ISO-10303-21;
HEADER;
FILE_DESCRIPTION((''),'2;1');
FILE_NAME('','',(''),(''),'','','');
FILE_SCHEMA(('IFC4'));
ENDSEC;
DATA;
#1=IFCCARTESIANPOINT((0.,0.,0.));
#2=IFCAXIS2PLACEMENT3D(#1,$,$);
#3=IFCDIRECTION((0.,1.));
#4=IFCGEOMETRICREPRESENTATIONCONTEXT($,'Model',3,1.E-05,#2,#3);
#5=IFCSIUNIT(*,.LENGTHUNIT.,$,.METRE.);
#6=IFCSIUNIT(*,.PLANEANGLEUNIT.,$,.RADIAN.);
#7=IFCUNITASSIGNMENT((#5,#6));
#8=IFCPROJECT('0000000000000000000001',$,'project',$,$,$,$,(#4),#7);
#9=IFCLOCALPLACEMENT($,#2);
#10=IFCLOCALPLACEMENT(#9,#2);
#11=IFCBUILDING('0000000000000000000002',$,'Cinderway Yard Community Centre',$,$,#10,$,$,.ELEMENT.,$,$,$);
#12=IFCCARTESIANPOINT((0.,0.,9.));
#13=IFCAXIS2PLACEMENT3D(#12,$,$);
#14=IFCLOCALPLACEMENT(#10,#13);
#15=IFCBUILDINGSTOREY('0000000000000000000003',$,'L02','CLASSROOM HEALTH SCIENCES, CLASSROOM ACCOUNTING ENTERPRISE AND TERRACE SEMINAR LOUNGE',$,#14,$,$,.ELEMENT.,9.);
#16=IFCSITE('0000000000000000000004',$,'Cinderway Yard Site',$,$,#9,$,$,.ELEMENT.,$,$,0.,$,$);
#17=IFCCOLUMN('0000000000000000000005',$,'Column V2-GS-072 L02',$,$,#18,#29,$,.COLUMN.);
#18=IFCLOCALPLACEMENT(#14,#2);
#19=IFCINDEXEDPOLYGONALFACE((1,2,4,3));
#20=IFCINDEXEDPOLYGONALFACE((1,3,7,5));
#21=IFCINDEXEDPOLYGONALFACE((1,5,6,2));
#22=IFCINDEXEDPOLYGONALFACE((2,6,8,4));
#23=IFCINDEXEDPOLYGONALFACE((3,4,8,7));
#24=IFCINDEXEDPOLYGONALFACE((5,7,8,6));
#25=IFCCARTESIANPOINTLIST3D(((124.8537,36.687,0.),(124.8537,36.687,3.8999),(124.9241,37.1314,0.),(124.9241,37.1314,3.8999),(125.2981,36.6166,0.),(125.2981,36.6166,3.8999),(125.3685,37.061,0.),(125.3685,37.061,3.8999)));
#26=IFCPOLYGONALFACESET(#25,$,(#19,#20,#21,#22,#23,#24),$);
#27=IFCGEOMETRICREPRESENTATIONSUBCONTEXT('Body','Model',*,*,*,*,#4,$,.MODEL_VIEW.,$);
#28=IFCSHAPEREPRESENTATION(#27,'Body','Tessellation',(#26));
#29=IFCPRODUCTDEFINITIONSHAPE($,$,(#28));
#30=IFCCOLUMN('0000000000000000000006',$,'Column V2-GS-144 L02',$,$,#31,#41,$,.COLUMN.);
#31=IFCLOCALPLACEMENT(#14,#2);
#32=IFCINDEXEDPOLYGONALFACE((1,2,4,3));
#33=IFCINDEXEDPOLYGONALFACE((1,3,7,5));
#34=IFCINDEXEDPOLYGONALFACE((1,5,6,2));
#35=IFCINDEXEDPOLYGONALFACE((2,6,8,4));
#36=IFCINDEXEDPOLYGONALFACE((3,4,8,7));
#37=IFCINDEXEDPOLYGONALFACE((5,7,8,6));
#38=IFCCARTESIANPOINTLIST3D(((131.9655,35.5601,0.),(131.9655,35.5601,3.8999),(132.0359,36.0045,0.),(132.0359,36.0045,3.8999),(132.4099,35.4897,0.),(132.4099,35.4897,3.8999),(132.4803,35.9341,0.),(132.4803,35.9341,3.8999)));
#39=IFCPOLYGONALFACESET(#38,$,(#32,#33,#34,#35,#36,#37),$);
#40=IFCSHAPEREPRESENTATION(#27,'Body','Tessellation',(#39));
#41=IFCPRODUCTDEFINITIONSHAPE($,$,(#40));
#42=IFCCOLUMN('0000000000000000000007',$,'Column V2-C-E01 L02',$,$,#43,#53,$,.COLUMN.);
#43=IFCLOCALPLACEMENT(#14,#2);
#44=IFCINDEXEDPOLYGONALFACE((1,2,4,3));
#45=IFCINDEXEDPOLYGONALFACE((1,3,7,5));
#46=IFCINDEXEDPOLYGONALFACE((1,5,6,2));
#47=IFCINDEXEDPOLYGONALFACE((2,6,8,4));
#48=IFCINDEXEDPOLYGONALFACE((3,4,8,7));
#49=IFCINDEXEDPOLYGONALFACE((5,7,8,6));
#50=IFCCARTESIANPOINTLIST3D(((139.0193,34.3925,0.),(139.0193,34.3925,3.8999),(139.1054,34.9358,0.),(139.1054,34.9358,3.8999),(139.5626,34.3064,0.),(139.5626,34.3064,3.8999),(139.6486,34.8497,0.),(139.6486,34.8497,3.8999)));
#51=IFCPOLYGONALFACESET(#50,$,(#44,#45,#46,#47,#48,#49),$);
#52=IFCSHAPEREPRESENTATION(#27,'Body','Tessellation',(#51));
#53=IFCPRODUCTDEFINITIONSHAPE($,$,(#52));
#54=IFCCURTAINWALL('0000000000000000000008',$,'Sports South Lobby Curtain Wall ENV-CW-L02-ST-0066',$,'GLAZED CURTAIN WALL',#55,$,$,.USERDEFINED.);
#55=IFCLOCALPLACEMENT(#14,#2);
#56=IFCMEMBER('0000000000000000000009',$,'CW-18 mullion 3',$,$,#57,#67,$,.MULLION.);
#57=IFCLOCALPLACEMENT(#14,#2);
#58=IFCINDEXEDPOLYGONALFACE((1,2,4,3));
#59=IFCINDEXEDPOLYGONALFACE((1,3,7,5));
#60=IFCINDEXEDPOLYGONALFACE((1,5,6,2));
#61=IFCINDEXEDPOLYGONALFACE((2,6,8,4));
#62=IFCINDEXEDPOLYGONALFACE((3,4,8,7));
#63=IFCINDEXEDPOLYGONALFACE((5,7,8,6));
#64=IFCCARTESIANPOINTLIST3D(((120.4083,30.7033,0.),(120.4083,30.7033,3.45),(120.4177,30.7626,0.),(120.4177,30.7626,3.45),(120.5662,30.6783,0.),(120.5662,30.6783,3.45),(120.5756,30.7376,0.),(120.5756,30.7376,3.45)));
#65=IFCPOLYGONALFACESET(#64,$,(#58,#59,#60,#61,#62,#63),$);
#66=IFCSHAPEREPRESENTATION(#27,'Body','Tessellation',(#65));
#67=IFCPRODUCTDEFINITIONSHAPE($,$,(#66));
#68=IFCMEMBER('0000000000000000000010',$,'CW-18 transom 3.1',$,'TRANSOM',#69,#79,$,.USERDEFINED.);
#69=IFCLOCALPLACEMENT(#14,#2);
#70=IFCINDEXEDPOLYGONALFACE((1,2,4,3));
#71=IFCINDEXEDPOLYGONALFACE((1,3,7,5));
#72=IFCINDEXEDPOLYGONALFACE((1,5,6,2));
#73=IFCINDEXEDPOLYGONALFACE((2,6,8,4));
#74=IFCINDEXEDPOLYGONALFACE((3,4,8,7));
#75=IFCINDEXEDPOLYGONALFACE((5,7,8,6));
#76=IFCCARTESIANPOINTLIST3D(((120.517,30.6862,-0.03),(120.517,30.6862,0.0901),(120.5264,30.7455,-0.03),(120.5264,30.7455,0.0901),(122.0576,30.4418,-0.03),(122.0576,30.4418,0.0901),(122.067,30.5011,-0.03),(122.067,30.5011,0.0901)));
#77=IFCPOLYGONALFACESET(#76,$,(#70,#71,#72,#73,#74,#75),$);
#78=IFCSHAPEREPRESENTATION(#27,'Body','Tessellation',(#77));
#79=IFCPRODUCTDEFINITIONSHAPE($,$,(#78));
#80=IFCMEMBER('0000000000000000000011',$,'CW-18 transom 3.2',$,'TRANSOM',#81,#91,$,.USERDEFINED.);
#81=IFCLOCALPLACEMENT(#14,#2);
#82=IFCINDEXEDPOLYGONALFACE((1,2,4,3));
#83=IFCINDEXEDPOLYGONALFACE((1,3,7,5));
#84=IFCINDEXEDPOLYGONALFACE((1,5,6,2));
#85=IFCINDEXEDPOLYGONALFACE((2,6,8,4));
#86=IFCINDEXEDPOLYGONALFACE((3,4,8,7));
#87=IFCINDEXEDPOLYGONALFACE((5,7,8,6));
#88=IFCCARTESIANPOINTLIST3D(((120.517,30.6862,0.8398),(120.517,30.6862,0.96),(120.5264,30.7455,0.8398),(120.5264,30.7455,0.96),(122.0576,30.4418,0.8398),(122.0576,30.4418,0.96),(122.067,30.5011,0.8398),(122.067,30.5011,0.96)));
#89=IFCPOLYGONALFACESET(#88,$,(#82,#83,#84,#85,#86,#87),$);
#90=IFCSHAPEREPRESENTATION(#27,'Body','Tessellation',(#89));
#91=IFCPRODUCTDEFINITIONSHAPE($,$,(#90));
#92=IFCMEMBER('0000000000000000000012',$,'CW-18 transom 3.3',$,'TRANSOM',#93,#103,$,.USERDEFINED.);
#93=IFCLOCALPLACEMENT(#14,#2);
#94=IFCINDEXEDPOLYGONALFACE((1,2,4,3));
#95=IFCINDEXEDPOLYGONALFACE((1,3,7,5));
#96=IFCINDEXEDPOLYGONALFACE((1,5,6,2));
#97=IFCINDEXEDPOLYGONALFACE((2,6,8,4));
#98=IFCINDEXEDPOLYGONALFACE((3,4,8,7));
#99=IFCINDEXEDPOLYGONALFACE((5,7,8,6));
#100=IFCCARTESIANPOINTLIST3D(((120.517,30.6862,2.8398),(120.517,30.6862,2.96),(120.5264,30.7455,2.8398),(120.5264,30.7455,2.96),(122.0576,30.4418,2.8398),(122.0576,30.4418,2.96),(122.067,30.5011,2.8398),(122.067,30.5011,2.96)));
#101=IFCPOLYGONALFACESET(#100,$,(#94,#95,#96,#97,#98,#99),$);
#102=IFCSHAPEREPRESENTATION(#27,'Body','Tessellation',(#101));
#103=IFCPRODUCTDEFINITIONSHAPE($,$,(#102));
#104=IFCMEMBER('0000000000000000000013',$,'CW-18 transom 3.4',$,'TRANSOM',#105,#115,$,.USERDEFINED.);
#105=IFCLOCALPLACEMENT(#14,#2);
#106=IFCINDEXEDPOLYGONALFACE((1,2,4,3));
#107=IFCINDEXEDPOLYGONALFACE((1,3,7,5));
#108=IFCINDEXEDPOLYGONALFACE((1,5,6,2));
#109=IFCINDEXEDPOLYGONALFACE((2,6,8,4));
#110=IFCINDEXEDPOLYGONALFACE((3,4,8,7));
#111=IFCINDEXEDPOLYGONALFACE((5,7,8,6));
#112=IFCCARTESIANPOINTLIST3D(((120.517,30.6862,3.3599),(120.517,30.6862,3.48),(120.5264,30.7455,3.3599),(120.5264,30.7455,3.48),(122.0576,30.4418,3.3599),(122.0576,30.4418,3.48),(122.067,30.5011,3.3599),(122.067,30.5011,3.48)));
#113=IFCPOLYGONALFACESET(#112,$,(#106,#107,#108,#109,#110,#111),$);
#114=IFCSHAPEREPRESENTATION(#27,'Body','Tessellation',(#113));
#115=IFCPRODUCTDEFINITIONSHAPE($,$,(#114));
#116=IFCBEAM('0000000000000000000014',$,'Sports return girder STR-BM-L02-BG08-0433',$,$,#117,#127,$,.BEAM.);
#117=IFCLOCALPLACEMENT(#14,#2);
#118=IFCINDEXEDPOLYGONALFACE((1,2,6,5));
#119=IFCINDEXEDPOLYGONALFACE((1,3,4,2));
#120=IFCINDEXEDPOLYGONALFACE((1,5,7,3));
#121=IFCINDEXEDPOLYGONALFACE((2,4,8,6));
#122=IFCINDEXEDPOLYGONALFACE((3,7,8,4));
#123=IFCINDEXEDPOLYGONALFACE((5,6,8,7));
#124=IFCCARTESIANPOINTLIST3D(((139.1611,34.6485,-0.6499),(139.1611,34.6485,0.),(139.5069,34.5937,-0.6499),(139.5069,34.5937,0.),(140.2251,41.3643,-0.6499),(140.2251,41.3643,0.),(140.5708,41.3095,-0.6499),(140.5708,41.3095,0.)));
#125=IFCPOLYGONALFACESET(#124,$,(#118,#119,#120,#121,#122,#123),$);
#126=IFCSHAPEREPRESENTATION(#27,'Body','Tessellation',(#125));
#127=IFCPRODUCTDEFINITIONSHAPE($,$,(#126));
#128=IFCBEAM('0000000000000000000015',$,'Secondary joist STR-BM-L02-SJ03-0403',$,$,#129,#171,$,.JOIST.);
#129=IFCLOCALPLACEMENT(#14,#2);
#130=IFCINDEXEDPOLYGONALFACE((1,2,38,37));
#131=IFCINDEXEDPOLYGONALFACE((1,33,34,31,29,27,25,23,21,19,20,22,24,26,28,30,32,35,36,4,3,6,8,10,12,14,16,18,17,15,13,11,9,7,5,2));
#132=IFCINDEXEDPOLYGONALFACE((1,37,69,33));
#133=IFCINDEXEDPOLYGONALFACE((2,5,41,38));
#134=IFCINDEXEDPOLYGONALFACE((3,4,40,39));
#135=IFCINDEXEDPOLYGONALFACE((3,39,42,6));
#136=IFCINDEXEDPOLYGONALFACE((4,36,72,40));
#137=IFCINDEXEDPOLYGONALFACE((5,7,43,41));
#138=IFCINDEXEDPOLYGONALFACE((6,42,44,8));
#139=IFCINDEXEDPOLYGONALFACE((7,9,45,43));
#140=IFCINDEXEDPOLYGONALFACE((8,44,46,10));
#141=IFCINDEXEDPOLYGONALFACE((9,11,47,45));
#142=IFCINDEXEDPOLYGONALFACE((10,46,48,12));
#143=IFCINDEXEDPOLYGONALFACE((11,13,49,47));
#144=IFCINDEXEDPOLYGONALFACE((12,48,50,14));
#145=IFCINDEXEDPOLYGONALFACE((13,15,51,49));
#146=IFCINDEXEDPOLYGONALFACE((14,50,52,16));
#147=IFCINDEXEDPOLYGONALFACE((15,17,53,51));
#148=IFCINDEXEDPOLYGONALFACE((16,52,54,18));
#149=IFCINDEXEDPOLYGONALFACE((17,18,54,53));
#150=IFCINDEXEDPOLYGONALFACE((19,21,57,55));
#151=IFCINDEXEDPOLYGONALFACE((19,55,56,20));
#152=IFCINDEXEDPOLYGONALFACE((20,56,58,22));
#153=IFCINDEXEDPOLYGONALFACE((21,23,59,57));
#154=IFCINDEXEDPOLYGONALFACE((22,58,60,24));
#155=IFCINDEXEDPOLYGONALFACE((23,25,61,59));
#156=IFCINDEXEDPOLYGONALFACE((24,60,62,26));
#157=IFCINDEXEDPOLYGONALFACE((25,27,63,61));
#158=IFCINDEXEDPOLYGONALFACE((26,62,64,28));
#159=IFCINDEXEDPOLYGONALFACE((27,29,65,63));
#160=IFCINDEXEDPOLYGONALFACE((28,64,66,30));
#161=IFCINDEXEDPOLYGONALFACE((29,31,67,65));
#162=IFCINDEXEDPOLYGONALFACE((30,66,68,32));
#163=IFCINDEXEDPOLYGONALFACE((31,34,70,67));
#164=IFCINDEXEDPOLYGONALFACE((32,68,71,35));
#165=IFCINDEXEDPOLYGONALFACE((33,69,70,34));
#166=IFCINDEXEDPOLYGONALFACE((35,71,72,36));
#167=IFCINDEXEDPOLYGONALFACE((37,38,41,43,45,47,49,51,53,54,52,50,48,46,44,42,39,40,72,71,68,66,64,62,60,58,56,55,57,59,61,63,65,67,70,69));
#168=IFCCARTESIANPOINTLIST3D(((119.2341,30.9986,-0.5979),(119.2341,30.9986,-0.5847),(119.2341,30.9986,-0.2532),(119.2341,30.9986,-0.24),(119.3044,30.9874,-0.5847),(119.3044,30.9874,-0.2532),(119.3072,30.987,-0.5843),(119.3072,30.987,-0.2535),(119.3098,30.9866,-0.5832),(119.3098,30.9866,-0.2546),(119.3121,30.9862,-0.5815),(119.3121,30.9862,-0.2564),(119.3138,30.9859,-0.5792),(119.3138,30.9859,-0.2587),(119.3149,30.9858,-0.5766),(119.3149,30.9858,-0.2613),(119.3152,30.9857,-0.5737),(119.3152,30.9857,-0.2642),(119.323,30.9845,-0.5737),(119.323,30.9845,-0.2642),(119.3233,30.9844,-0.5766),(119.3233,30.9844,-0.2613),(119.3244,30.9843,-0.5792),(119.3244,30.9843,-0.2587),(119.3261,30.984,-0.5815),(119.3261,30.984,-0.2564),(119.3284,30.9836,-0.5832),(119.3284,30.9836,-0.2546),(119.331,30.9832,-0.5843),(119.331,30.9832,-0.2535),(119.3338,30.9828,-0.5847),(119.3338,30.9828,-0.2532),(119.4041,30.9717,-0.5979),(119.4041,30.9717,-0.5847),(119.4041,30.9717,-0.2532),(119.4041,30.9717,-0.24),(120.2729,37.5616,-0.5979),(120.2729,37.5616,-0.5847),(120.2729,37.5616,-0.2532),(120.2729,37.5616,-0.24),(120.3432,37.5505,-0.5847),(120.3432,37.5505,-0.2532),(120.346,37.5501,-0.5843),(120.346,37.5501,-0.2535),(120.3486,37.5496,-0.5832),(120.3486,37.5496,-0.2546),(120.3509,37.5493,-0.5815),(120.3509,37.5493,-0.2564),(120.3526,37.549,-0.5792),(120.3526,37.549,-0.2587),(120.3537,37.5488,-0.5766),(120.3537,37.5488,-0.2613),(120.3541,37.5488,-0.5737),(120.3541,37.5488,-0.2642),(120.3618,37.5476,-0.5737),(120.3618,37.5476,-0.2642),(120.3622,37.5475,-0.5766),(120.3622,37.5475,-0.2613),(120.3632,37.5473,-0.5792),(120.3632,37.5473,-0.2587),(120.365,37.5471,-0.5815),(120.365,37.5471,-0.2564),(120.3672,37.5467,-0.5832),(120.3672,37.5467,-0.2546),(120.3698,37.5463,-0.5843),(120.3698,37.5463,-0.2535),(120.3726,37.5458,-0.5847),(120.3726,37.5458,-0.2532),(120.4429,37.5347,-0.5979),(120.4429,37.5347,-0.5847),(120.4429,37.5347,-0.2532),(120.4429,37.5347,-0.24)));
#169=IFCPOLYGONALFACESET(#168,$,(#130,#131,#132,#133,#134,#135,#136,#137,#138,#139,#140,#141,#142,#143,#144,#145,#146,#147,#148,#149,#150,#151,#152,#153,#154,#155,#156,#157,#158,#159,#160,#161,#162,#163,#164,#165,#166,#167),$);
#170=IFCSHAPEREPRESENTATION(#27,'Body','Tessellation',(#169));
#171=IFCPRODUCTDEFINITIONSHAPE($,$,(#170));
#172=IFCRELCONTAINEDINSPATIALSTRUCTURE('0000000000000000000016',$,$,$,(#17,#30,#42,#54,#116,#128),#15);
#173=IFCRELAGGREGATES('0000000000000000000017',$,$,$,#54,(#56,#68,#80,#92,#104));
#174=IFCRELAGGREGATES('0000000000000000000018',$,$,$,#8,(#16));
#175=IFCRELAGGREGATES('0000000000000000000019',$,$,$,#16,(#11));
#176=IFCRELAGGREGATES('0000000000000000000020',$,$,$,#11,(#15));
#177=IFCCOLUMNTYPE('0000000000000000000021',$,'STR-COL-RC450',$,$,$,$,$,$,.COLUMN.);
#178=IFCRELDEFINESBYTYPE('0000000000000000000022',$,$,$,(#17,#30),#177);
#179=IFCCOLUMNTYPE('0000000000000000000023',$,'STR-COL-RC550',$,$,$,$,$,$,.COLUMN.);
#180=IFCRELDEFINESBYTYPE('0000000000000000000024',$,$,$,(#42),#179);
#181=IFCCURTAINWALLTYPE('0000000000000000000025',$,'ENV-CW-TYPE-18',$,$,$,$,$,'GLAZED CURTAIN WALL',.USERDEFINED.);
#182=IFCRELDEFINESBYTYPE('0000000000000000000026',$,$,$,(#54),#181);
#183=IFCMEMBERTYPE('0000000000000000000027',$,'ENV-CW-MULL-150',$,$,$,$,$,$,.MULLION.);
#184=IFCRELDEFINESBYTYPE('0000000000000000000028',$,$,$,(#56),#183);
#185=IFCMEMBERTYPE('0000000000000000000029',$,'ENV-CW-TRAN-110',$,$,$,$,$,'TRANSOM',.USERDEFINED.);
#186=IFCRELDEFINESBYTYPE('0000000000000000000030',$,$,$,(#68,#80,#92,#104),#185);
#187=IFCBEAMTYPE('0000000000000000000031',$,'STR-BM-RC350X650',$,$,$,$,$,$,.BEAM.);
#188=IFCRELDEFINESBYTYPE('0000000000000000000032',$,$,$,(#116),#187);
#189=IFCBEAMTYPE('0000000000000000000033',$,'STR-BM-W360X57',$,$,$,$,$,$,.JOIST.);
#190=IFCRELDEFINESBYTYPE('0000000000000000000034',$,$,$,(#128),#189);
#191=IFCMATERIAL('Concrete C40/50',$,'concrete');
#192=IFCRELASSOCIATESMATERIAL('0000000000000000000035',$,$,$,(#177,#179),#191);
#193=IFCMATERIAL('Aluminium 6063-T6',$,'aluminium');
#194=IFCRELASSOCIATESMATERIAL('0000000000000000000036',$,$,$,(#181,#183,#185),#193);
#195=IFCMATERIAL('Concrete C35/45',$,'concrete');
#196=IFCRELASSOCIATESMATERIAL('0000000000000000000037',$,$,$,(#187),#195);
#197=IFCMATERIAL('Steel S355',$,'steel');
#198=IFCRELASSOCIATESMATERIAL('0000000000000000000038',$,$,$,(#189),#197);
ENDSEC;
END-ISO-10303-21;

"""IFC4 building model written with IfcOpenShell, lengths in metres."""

from ifc_helpers import new_model, si_unit, direction, frame, origin, origin_2d, place, context, subcontext, project, spatial, rectangle, i_section, extrude, material, material_profile, profile_set, type_object, element, aggregate, save


model = new_model("IFC4")

# Units and contexts
model_context = context("Model", 3, precision=1e-05, world=origin(), true_north=direction((0.0, 1.0)))
body_context = subcontext(model_context, "Body", "Model", "MODEL_VIEW")
ifc_project = project(units=[si_unit("LENGTHUNIT", "METRE"), si_unit("PLANEANGLEUNIT", "RADIAN")], contexts=[model_context])

# Site, building, storey
site_placement = place(None, origin())
site = spatial("IfcSite", under=ifc_project, at=site_placement, Name="Cinderway Yard Site", CompositionType="ELEMENT", RefElevation=0.0)
building_placement = place(site_placement, origin())
building = spatial("IfcBuilding", under=site, at=building_placement, Name="Cinderway Yard Community Centre", CompositionType="ELEMENT")
storey_placement = place(building_placement, frame((0.0, 0.0, 9.0)))
storey = spatial("IfcBuildingStorey", under=building, at=storey_placement, Name="L02", Description="CLASSROOM HEALTH SCIENCES, CLASSROOM ACCOUNTING ENTERPRISE AND TERRACE SEMINAR LOUNGE", CompositionType="ELEMENT", Elevation=9.0)

# Columns
ifc_material_1 = material(Name="Concrete C40/50", Category="concrete")
ifc_material_profile_1 = material_profile(ifc_material_1, rectangle(XDim=0.45, YDim=0.45, at=origin_2d()), Name="Concrete C40/50")
ifc_profile_set_1 = profile_set([ifc_material_profile_1], Name="Concrete C40/50")
column_type_1 = type_object("IfcColumnType", Name="STR-COL-RC450", PredefinedType="COLUMN", material=ifc_profile_set_1)
for number, where, z_axis, x_axis, name in (
    (1, (125.1111, 36.874, 0.0), (0.0, 0.0, 1.0), (0.987688, -0.156434, 0.0), "Column V2-GS-072 L02"),
    (2, (132.2229, 35.7471, 0.0), (0.0, 0.0, 1.0), (0.987688, -0.156434, 0.0), "Column V2-GS-144 L02"),
):
    element("IfcColumn", number, at=place(storey_placement, frame(where, z_axis=z_axis, x_axis=x_axis)), inside=storey, type_object=column_type_1, Name=name, PredefinedType="COLUMN", context=body_context, shape_type="SweptSolid", body=[
        extrude(rectangle(XDim=0.45, YDim=0.45, at=origin_2d()), origin(), (0.0, 0.0, 1.0), 3.8999),
    ])
ifc_material_profile_2 = material_profile(ifc_material_1, rectangle(XDim=0.55, YDim=0.55, at=origin_2d()), Name="Concrete C40/50")
ifc_profile_set_2 = profile_set([ifc_material_profile_2], Name="Concrete C40/50")
column_type_2 = type_object("IfcColumnType", Name="STR-COL-RC550", PredefinedType="COLUMN", material=ifc_profile_set_2)
column_placement = place(storey_placement, frame((139.334, 34.6211, 0.0), z_axis=(0.0, 0.0, 1.0), x_axis=(0.987688, -0.156434, 0.0)))
element("IfcColumn", 3, at=column_placement, inside=storey, type_object=column_type_2, Name="Column V2-C-E01 L02", PredefinedType="COLUMN", context=body_context, shape_type="SweptSolid", body=[
    extrude(rectangle(XDim=0.55, YDim=0.55, at=origin_2d()), origin(), (0.0, 0.0, 1.0), 3.8999),
])

# Curtain wall, members
ifc_material_2 = material(Name="Aluminium 6063-T6", Category="aluminium")
curtain_wall_type = type_object("IfcCurtainWallType", Name="ENV-CW-TYPE-18", ElementType="GLAZED CURTAIN WALL", PredefinedType="USERDEFINED", material=ifc_material_2)
curtain_wall_placement = place(storey_placement, origin())
curtain_wall = element("IfcCurtainWall", 4, at=curtain_wall_placement, inside=storey, type_object=curtain_wall_type, Name="Sports South Lobby Curtain Wall ENV-CW-L02-ST-0066", ObjectType="GLAZED CURTAIN WALL", PredefinedType="USERDEFINED")
ifc_material_profile_3 = material_profile(ifc_material_2, rectangle(XDim=0.0601, YDim=0.1599, at=origin_2d()), Name="Aluminium 6063-T6")
ifc_profile_set_3 = profile_set([ifc_material_profile_3], Name="Aluminium 6063-T6")
member_type_1 = type_object("IfcMemberType", Name="ENV-CW-MULL-150", PredefinedType="MULLION", material=ifc_profile_set_3)
member_1_placement = place(storey_placement, frame((120.4919, 30.7205, 0.0), z_axis=(0.0, 0.0, 1.0), x_axis=(0.156636, 0.987656, 0.0)))
member_1 = element("IfcMember", 5, at=member_1_placement, type_object=member_type_1, Name="CW-18 mullion 3", PredefinedType="MULLION", context=body_context, shape_type="SweptSolid", body=[
    extrude(rectangle(XDim=0.0601, YDim=0.1599, at=origin_2d()), origin(), (0.0, 0.0, 1.0), 3.45),
])
ifc_material_profile_4 = material_profile(ifc_material_2, rectangle(XDim=0.0601, YDim=0.1201, at=origin_2d()), Name="Aluminium 6063-T6")
ifc_profile_set_4 = profile_set([ifc_material_profile_4], Name="Aluminium 6063-T6")
member_type_2 = type_object("IfcMemberType", Name="ENV-CW-TRAN-110", ElementType="TRANSOM", PredefinedType="USERDEFINED", material=ifc_profile_set_4)
member_2_placement = place(storey_placement, frame((120.5217, 30.7158, 0.03), z_axis=(0.98765, -0.156678, 0.0), x_axis=(0.156678, 0.98765, 0.0)))
member_2 = element("IfcMember", 6, at=member_2_placement, type_object=member_type_2, Name="CW-18 transom 3.1", ObjectType="TRANSOM", PredefinedType="USERDEFINED", context=body_context, shape_type="SweptSolid", body=[
    extrude(rectangle(XDim=0.0601, YDim=0.1201, at=origin_2d()), origin(), (0.0, 0.0, 1.0), 1.5598),
])
member_3_placement = place(storey_placement, frame((120.5217, 30.7158, 0.8999), z_axis=(0.98765, -0.156678, 0.0), x_axis=(0.156678, 0.98765, 0.0)))
member_3 = element("IfcMember", 7, at=member_3_placement, type_object=member_type_2, Name="CW-18 transom 3.2", ObjectType="TRANSOM", PredefinedType="USERDEFINED", context=body_context, shape_type="SweptSolid", body=[
    extrude(rectangle(XDim=0.0601, YDim=0.1201, at=origin_2d()), origin(), (0.0, 0.0, 1.0), 1.5598),
])
member_4_placement = place(storey_placement, frame((120.5217, 30.7158, 2.8999), z_axis=(0.98765, -0.156678, 0.0), x_axis=(0.156678, 0.98765, 0.0)))
member_4 = element("IfcMember", 8, at=member_4_placement, type_object=member_type_2, Name="CW-18 transom 3.3", ObjectType="TRANSOM", PredefinedType="USERDEFINED", context=body_context, shape_type="SweptSolid", body=[
    extrude(rectangle(XDim=0.0601, YDim=0.1201, at=origin_2d()), origin(), (0.0, 0.0, 1.0), 1.5598),
])
member_5_placement = place(storey_placement, frame((120.5217, 30.7158, 3.4199), z_axis=(0.98765, -0.156678, 0.0), x_axis=(0.156678, 0.98765, 0.0)))
member_5 = element("IfcMember", 9, at=member_5_placement, type_object=member_type_2, Name="CW-18 transom 3.4", ObjectType="TRANSOM", PredefinedType="USERDEFINED", context=body_context, shape_type="SweptSolid", body=[
    extrude(rectangle(XDim=0.0601, YDim=0.1201, at=origin_2d()), origin(), (0.0, 0.0, 1.0), 1.5598),
])

# Beams
ifc_material_3 = material(Name="Concrete C35/45", Category="concrete")
ifc_material_profile_5 = material_profile(ifc_material_3, rectangle(XDim=0.3501, YDim=0.6499, at=origin_2d()), Name="Concrete C35/45")
ifc_profile_set_5 = profile_set([ifc_material_profile_5], Name="Concrete C35/45")
beam_type_1 = type_object("IfcBeamType", Name="STR-BM-RC350X650", PredefinedType="BEAM", material=ifc_profile_set_5)
beam_1_placement = place(storey_placement, frame((139.334, 34.6211, -0.325), z_axis=(0.156475, 0.987682, 0.0), x_axis=(-0.987682, 0.156475, 0.0)))
element("IfcBeam", 10, at=beam_1_placement, inside=storey, type_object=beam_type_1, Name="Sports return girder STR-BM-L02-BG08-0433", PredefinedType="BEAM", context=body_context, shape_type="SweptSolid", body=[
    extrude(rectangle(XDim=0.3501, YDim=0.6499, at=origin_2d()), origin(), (0.0, 0.0, 1.0), 6.7996),
])
ifc_material_4 = material(Name="Steel S355", Category="steel")
ifc_material_profile_6 = material_profile(ifc_material_4, i_section(OverallWidth=0.1721, OverallDepth=0.3579, WebThickness=0.0078, FlangeThickness=0.0132, FilletRadius=0.011, at=origin_2d()), Name="Steel S355")
ifc_profile_set_6 = profile_set([ifc_material_profile_6], Name="Steel S355")
beam_type_2 = type_object("IfcBeamType", Name="STR-BM-W360X57", PredefinedType="JOIST", material=ifc_profile_set_6)
beam_2_placement = place(storey_placement, frame((119.3191, 30.9851, -0.4189), z_axis=(0.156338, 0.987704, 0.0), x_axis=(-0.987704, 0.156338, 0.0)))
element("IfcBeam", 11, at=beam_2_placement, inside=storey, type_object=beam_type_2, Name="Secondary joist STR-BM-L02-SJ03-0403", PredefinedType="JOIST", context=body_context, shape_type="SweptSolid", body=[
    extrude(i_section(OverallWidth=0.1721, OverallDepth=0.3579, WebThickness=0.0078, FlangeThickness=0.0132, FilletRadius=0.011, at=origin_2d()), origin(), (0.0, 0.0, 1.0), 6.6448),
])

aggregate(curtain_wall, [member_1, member_2, member_3, member_4, member_5])

save(model, "model.ifc")
